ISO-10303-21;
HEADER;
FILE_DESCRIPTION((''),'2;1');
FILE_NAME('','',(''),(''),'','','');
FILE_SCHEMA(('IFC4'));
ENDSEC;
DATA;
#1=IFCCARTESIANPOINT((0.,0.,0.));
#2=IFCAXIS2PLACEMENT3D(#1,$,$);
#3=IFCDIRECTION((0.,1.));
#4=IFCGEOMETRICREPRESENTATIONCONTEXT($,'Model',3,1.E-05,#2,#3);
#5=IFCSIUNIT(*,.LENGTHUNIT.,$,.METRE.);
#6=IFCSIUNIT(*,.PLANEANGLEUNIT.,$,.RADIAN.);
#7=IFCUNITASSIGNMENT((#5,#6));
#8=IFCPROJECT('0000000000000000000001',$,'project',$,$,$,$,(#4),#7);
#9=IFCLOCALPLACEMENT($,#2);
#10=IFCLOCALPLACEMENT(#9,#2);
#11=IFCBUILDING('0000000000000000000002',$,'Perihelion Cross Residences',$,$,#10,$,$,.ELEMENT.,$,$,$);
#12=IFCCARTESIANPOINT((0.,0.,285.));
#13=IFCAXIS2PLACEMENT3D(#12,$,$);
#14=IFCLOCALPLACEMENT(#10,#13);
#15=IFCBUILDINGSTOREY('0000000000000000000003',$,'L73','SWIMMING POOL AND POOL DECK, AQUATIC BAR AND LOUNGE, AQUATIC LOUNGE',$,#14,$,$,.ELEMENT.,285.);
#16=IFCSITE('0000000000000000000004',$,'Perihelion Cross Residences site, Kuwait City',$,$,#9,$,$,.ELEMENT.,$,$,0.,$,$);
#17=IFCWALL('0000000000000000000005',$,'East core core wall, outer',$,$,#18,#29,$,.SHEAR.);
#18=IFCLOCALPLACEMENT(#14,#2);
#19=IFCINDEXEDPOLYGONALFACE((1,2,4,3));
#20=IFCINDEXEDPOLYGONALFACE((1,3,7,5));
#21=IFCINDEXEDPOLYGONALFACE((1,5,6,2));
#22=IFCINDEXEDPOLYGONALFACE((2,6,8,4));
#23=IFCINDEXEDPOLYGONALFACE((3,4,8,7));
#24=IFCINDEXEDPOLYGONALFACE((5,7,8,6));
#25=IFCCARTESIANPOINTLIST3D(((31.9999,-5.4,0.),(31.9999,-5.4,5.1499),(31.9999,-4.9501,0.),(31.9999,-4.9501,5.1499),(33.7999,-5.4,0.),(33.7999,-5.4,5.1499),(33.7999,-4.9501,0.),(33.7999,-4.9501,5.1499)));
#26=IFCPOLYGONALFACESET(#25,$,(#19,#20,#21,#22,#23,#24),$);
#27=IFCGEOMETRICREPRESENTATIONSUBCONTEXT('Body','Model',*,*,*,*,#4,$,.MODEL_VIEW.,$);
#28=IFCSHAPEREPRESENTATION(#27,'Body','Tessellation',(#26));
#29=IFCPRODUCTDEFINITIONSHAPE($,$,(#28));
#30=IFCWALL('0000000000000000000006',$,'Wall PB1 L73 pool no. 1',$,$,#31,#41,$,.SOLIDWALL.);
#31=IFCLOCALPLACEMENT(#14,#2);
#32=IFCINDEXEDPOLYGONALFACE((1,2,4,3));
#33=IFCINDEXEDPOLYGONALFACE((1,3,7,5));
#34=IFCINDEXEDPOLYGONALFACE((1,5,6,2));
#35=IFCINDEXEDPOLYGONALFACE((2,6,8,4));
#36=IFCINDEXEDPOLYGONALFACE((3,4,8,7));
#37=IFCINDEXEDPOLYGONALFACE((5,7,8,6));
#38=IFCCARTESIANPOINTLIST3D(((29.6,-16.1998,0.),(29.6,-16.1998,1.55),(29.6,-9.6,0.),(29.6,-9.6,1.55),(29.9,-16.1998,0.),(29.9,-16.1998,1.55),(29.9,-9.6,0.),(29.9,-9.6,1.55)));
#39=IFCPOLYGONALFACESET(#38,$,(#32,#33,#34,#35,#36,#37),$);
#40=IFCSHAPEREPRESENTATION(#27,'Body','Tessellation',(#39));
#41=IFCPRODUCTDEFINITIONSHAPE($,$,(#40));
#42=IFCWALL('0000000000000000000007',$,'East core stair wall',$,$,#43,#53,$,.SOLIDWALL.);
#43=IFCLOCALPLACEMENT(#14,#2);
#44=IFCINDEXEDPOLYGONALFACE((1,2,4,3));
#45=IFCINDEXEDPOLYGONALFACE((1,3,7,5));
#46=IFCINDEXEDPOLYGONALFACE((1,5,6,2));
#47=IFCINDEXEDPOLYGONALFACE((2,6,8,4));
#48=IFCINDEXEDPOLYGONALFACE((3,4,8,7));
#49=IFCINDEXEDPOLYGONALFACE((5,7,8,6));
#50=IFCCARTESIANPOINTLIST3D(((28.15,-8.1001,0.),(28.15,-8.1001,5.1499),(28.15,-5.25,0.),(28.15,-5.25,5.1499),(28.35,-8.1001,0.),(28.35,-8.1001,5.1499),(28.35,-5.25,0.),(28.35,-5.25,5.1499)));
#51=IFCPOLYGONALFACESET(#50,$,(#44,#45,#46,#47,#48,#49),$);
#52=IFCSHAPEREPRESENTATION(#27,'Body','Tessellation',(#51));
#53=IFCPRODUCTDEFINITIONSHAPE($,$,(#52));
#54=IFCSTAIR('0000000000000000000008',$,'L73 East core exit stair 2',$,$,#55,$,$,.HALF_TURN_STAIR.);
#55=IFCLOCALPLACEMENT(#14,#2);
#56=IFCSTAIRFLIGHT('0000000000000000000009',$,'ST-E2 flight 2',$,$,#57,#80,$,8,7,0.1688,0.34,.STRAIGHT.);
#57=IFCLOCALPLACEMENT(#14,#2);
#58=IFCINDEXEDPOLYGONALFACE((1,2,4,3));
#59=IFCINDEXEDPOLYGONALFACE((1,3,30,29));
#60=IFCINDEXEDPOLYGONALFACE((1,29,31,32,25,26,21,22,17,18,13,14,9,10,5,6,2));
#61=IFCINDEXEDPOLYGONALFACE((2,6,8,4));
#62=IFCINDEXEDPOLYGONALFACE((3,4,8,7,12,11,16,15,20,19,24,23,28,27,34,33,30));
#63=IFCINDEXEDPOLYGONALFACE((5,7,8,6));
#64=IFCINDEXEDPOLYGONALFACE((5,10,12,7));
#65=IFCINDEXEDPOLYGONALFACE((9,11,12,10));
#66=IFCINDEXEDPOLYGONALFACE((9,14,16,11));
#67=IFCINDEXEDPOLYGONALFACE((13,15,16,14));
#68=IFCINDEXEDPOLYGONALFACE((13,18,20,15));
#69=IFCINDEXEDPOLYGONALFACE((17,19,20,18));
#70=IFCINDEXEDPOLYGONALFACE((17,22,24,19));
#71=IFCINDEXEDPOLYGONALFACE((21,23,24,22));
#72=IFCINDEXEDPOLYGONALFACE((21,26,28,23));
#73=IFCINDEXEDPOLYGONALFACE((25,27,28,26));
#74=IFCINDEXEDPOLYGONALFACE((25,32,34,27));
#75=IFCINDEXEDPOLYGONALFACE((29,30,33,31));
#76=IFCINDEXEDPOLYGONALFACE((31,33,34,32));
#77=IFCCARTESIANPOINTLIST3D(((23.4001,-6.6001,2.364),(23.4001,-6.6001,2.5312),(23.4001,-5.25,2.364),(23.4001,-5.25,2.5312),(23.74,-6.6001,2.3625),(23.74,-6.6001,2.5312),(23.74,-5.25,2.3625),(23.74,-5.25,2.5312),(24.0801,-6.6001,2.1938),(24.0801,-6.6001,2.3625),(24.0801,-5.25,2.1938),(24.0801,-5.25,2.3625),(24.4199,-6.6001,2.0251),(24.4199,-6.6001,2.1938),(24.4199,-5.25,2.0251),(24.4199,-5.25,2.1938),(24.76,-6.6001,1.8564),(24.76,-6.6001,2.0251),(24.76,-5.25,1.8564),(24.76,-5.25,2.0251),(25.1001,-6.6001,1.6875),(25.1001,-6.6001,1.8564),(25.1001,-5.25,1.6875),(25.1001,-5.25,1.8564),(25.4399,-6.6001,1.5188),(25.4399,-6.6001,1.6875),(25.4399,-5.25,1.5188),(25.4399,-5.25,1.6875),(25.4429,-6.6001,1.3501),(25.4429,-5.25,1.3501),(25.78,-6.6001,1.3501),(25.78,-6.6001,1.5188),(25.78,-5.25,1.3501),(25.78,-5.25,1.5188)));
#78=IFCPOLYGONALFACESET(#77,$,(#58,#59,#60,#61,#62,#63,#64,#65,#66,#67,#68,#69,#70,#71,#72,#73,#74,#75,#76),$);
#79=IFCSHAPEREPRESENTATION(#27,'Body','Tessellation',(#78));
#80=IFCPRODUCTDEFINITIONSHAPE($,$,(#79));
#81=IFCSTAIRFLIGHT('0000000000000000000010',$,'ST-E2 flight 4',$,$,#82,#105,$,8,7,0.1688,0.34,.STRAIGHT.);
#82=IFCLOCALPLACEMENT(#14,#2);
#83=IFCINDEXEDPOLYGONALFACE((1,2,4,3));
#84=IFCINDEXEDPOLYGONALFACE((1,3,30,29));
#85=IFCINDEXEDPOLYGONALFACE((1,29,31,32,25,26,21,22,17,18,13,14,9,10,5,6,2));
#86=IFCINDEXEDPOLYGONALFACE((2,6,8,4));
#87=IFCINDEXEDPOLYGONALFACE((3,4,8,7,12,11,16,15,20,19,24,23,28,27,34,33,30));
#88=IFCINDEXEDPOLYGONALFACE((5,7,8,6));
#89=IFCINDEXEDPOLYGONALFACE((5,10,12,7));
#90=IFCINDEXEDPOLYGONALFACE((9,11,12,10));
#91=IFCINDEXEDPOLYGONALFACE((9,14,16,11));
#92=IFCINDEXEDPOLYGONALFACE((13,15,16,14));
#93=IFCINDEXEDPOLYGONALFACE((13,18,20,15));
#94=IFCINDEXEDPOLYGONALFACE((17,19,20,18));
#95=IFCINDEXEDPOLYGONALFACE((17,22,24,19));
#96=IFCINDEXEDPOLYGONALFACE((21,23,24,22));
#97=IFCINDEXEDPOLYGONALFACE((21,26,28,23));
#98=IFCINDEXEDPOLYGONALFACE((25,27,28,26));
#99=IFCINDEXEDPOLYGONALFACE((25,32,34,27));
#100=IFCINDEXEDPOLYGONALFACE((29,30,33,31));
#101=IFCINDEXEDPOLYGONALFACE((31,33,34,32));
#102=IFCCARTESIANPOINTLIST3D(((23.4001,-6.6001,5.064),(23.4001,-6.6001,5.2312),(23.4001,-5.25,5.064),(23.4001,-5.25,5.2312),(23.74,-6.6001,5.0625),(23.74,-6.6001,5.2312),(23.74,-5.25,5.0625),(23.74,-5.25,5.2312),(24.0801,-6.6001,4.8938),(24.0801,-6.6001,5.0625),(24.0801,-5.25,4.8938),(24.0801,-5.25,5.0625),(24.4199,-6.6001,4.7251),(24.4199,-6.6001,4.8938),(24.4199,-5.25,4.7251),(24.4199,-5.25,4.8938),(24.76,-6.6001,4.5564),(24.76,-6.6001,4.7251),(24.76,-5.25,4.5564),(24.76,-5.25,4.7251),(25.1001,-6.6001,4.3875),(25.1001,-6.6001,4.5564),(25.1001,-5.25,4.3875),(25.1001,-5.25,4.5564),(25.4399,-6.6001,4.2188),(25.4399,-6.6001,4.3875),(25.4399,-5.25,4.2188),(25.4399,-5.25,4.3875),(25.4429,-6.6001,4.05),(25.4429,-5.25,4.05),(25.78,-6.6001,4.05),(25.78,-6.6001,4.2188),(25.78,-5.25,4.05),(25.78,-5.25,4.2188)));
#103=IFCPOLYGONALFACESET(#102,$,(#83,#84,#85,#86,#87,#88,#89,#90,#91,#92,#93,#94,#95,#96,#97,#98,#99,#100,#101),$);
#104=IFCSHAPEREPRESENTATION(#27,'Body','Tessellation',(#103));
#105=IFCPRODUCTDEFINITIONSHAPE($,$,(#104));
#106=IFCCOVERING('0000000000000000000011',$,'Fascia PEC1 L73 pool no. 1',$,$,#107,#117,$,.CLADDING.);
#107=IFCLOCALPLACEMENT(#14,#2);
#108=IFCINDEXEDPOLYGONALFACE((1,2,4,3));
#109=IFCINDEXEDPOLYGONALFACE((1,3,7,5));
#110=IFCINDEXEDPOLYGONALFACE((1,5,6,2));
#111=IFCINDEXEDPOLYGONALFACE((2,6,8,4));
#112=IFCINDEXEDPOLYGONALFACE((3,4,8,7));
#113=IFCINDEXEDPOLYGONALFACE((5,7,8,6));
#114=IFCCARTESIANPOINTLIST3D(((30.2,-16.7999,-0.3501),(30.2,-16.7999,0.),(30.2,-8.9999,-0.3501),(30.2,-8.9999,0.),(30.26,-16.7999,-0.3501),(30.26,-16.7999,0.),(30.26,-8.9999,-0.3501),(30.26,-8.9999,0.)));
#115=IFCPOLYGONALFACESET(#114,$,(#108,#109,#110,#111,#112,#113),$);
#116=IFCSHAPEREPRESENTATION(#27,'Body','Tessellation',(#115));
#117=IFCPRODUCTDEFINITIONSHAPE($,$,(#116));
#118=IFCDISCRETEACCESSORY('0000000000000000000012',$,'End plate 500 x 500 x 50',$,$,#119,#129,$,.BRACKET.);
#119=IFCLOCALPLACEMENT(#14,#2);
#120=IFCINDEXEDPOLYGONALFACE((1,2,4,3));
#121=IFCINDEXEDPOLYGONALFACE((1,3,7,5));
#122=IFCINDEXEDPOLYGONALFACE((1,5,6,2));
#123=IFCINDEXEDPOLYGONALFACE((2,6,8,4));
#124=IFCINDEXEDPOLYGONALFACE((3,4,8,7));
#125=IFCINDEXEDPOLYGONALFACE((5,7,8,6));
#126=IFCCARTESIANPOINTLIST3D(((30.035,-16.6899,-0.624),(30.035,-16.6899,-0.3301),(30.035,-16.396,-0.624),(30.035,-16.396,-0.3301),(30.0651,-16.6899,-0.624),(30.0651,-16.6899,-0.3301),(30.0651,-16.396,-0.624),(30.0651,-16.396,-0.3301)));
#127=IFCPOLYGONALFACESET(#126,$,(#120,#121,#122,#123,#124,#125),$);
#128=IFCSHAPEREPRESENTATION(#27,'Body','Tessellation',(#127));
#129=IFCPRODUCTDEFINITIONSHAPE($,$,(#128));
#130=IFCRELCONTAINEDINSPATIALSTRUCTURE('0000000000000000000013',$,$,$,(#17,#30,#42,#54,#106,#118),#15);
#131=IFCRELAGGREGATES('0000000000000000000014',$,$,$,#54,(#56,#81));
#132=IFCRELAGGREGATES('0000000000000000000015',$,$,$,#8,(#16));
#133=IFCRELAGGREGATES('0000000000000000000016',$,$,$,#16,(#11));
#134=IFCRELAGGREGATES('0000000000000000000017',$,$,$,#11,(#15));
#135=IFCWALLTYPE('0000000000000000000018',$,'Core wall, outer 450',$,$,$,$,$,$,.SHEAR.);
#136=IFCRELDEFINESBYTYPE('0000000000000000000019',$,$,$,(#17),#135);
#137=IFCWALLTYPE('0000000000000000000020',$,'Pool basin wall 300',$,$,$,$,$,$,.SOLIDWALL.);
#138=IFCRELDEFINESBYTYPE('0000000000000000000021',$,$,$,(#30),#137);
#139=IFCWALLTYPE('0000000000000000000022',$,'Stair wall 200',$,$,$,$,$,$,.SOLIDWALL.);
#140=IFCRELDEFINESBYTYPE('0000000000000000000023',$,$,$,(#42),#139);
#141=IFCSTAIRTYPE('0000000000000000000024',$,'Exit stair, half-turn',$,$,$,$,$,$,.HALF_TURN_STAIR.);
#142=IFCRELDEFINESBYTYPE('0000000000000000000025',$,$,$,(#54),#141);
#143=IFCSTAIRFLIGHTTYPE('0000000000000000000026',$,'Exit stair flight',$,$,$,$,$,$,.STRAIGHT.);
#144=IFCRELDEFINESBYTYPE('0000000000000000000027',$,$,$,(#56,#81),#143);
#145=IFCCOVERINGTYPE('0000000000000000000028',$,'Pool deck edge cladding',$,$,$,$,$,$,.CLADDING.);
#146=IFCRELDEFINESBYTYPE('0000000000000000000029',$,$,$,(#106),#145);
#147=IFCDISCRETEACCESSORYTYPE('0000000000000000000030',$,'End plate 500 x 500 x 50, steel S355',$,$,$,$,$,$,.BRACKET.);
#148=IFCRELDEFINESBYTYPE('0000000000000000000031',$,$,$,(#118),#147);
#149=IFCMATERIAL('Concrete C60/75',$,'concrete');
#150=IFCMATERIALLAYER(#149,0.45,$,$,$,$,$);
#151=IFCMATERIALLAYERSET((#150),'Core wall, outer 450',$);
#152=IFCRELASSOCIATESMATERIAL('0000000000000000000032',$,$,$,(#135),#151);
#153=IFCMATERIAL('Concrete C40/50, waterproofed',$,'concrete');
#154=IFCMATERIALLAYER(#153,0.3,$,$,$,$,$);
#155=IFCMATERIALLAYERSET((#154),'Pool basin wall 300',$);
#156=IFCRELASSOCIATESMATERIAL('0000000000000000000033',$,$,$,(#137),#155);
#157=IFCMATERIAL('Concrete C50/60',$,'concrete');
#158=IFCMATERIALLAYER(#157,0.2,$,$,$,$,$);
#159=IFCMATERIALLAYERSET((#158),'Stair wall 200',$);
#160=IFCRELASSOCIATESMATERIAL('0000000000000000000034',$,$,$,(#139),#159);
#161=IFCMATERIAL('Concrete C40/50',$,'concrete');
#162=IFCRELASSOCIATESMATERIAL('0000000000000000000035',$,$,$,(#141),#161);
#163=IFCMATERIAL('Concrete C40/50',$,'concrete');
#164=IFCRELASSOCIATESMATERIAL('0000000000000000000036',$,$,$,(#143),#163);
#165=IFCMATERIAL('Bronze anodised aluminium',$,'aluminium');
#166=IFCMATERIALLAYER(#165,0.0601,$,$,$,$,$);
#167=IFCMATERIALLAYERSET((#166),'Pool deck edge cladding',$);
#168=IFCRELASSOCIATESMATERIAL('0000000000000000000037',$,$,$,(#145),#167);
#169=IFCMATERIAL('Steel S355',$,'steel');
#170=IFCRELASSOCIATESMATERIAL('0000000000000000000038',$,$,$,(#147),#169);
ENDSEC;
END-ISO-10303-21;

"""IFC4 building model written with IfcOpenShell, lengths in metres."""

from ifc_helpers import new_model, si_unit, direction, frame, frame_2d, origin, origin_2d, place, context, subcontext, project, spatial, polyline, rectangle, outline, extrude, material, layer, layer_set, type_object, element, aggregate, save


model = new_model("IFC4")

# Units and contexts
model_context = context("Model", 3, precision=1e-05, world=origin(), true_north=direction((0.0, 1.0)))
body_context = subcontext(model_context, "Body", "Model", "MODEL_VIEW")
ifc_project = project(units=[si_unit("LENGTHUNIT", "METRE"), si_unit("PLANEANGLEUNIT", "RADIAN")], contexts=[model_context])

# Site, building, storey
site_placement = place(None, origin())
site = spatial("IfcSite", under=ifc_project, at=site_placement, Name="Perihelion Cross Residences site, Kuwait City", CompositionType="ELEMENT", RefElevation=0.0)
building_placement = place(site_placement, origin())
building = spatial("IfcBuilding", under=site, at=building_placement, Name="Perihelion Cross Residences", CompositionType="ELEMENT")
storey_placement = place(building_placement, frame((0.0, 0.0, 285.0)))
storey = spatial("IfcBuildingStorey", under=building, at=storey_placement, Name="L73", Description="SWIMMING POOL AND POOL DECK, AQUATIC BAR AND LOUNGE, AQUATIC LOUNGE", CompositionType="ELEMENT", Elevation=285.0)

# Walls
ifc_material_1 = material(Name="Concrete C60/75", Category="concrete")
ifc_layer_1 = layer(ifc_material_1, 0.45)
ifc_layer_set_1 = layer_set([ifc_layer_1], Name="Core wall, outer 450")
wall_type_1 = type_object("IfcWallType", Name="Core wall, outer 450", PredefinedType="SHEAR", material=ifc_layer_set_1)
for number, where, z_axis, x_axis, name in (
    (1, (32.0, -5.175, 0.0), (0.0, 0.0, 1.0), (1.0, 0.0, 0.0), "East core core wall, outer"),
):
    element("IfcWall", number, at=place(storey_placement, frame(where, z_axis=z_axis, x_axis=x_axis)), inside=storey, type_object=wall_type_1, Name=name, PredefinedType="SHEAR", context=body_context, shape_type="SweptSolid", body=[
        extrude(rectangle(XDim=1.8, YDim=0.45, at=frame_2d((0.8999, 0.0))), origin(), (0.0, 0.0, 1.0), 5.1499),
    ])
ifc_material_2 = material(Name="Concrete C40/50, waterproofed", Category="concrete")
ifc_layer_2 = layer(ifc_material_2, 0.3)
ifc_layer_set_2 = layer_set([ifc_layer_2], Name="Pool basin wall 300")
wall_type_2 = type_object("IfcWallType", Name="Pool basin wall 300", PredefinedType="SOLIDWALL", material=ifc_layer_set_2)
wall_1_placement = place(storey_placement, frame((29.75, -9.6001, 0.0), z_axis=(0.0, 0.0, 1.0), x_axis=(0.0, -1.0, 0.0)))
element("IfcWall", 2, at=wall_1_placement, inside=storey, type_object=wall_type_2, Name="Wall PB1 L73 pool no. 1", PredefinedType="SOLIDWALL", context=body_context, shape_type="SweptSolid", body=[
    extrude(rectangle(XDim=6.5999, YDim=0.3, at=frame_2d((3.2998, 0.0))), origin(), (0.0, 0.0, 1.0), 1.55),
])
ifc_material_3 = material(Name="Concrete C50/60", Category="concrete")
ifc_layer_3 = layer(ifc_material_3, 0.2)
ifc_layer_set_3 = layer_set([ifc_layer_3], Name="Stair wall 200")
wall_type_3 = type_object("IfcWallType", Name="Stair wall 200", PredefinedType="SOLIDWALL", material=ifc_layer_set_3)
wall_2_placement = place(storey_placement, frame((28.25, -8.1001, 0.0), z_axis=(0.0, 0.0, 1.0), x_axis=(0.0, 1.0, 0.0)))
element("IfcWall", 3, at=wall_2_placement, inside=storey, type_object=wall_type_3, Name="East core stair wall", PredefinedType="SOLIDWALL", context=body_context, shape_type="SweptSolid", body=[
    extrude(rectangle(XDim=2.8501, YDim=0.2, at=frame_2d((1.425, 0.0))), origin(), (0.0, 0.0, 1.0), 5.1499),
])

# Stair, stair flights
ifc_material_4 = material(Name="Concrete C40/50", Category="concrete")
stair_type = type_object("IfcStairType", Name="Exit stair, half-turn", PredefinedType="HALF_TURN_STAIR", material=ifc_material_4)
stair_placement = place(storey_placement, origin())
stair = element("IfcStair", 4, at=stair_placement, inside=storey, type_object=stair_type, Name="L73 East core exit stair 2", PredefinedType="HALF_TURN_STAIR")
ifc_material_5 = material(Name="Concrete C40/50", Category="concrete")
stair_flight_type = type_object("IfcStairFlightType", Name="Exit stair flight", PredefinedType="STRAIGHT", material=ifc_material_5)
stair_flight_1_placement = place(storey_placement, frame((25.78, -5.925, 1.3501), z_axis=(0.0, 0.0, 1.0), x_axis=(-1.0, 0.0, 0.0)))
stair_flight_1 = element("IfcStairFlight", 5, at=stair_flight_1_placement, type_object=stair_flight_type, Name="ST-E2 flight 2", NumberOfRisers=8, NumberOfTreads=7, PredefinedType="STRAIGHT", RiserHeight=0.1688, TreadLength=0.34, context=body_context, shape_type="SweptSolid", body=[
    extrude(outline(polyline([(0.0, 0.0), (0.0, 0.1687), (0.3401, 0.1687), (0.3401, 0.3374), (0.6799, 0.3374), (0.6799, 0.5063), (1.02, 0.5063), (1.02, 0.675), (1.3601, 0.675), (1.3601, 0.8438), (1.7, 0.8438), (1.7, 1.0125), (2.04, 1.0125), (2.04, 1.1812), (2.3799, 1.1812), (2.3799, 1.3501), (2.3799, 1.0139), (0.3372, 0.0), (0.0, 0.0)])), frame((0.0, 0.675, 0.0), z_axis=(0.0, -1.0, 0.0), x_axis=(1.0, 0.0, 0.0)), (0.0, 0.0, 1.0), 1.3501),
])
stair_flight_2_placement = place(storey_placement, frame((25.78, -5.925, 4.05), z_axis=(0.0, 0.0, 1.0), x_axis=(-1.0, 0.0, 0.0)))
stair_flight_2 = element("IfcStairFlight", 6, at=stair_flight_2_placement, type_object=stair_flight_type, Name="ST-E2 flight 4", NumberOfRisers=8, NumberOfTreads=7, PredefinedType="STRAIGHT", RiserHeight=0.1688, TreadLength=0.34, context=body_context, shape_type="SweptSolid", body=[
    extrude(outline(polyline([(0.0, 0.0), (0.0, 0.1687), (0.3401, 0.1687), (0.3401, 0.3374), (0.6799, 0.3374), (0.6799, 0.5063), (1.02, 0.5063), (1.02, 0.675), (1.3601, 0.675), (1.3601, 0.8438), (1.7, 0.8438), (1.7, 1.0125), (2.04, 1.0125), (2.04, 1.1812), (2.3799, 1.1812), (2.3799, 1.3501), (2.3799, 1.0139), (0.3372, 0.0), (0.0, 0.0)])), frame((0.0, 0.675, 0.0), z_axis=(0.0, -1.0, 0.0), x_axis=(1.0, 0.0, 0.0)), (0.0, 0.0, 1.0), 1.3501),
])
aggregate(stair, [stair_flight_1, stair_flight_2])

# Covering
ifc_material_6 = material(Name="Bronze anodised aluminium", Category="aluminium")
ifc_layer_4 = layer(ifc_material_6, 0.0601)
ifc_layer_set_4 = layer_set([ifc_layer_4], Name="Pool deck edge cladding")
covering_type = type_object("IfcCoveringType", Name="Pool deck edge cladding", PredefinedType="CLADDING", material=ifc_layer_set_4)
covering_placement = place(storey_placement, frame((30.23, -12.8999, -0.3501), z_axis=(0.0, 0.0, 1.0), x_axis=(1.0, 0.0, 0.0)))
element("IfcCovering", 7, at=covering_placement, inside=storey, type_object=covering_type, Name="Fascia PEC1 L73 pool no. 1", PredefinedType="CLADDING", context=body_context, shape_type="SweptSolid", body=[
    extrude(rectangle(XDim=0.0601, YDim=7.8, at=origin_2d()), origin(), (0.0, 0.0, 1.0), 0.3501),
])

# Discrete accessory
ifc_material_7 = material(Name="Steel S355", Category="steel")
discrete_accessory_type = type_object("IfcDiscreteAccessoryType", Name="End plate 500 x 500 x 50, steel S355", PredefinedType="BRACKET", material=ifc_material_7)
discrete_accessory_placement = place(storey_placement, frame((30.05, -16.543, -0.624), z_axis=(0.0, 0.0, 1.0), x_axis=(1.0, 0.0, 0.0)))
element("IfcDiscreteAccessory", 8, at=discrete_accessory_placement, inside=storey, type_object=discrete_accessory_type, Name="End plate 500 x 500 x 50", PredefinedType="BRACKET", context=body_context, shape_type="SweptSolid", body=[
    extrude(rectangle(XDim=0.03, YDim=0.2939, at=origin_2d()), origin(), (0.0, 0.0, 1.0), 0.2939),
])

save(model, "model.ifc")
